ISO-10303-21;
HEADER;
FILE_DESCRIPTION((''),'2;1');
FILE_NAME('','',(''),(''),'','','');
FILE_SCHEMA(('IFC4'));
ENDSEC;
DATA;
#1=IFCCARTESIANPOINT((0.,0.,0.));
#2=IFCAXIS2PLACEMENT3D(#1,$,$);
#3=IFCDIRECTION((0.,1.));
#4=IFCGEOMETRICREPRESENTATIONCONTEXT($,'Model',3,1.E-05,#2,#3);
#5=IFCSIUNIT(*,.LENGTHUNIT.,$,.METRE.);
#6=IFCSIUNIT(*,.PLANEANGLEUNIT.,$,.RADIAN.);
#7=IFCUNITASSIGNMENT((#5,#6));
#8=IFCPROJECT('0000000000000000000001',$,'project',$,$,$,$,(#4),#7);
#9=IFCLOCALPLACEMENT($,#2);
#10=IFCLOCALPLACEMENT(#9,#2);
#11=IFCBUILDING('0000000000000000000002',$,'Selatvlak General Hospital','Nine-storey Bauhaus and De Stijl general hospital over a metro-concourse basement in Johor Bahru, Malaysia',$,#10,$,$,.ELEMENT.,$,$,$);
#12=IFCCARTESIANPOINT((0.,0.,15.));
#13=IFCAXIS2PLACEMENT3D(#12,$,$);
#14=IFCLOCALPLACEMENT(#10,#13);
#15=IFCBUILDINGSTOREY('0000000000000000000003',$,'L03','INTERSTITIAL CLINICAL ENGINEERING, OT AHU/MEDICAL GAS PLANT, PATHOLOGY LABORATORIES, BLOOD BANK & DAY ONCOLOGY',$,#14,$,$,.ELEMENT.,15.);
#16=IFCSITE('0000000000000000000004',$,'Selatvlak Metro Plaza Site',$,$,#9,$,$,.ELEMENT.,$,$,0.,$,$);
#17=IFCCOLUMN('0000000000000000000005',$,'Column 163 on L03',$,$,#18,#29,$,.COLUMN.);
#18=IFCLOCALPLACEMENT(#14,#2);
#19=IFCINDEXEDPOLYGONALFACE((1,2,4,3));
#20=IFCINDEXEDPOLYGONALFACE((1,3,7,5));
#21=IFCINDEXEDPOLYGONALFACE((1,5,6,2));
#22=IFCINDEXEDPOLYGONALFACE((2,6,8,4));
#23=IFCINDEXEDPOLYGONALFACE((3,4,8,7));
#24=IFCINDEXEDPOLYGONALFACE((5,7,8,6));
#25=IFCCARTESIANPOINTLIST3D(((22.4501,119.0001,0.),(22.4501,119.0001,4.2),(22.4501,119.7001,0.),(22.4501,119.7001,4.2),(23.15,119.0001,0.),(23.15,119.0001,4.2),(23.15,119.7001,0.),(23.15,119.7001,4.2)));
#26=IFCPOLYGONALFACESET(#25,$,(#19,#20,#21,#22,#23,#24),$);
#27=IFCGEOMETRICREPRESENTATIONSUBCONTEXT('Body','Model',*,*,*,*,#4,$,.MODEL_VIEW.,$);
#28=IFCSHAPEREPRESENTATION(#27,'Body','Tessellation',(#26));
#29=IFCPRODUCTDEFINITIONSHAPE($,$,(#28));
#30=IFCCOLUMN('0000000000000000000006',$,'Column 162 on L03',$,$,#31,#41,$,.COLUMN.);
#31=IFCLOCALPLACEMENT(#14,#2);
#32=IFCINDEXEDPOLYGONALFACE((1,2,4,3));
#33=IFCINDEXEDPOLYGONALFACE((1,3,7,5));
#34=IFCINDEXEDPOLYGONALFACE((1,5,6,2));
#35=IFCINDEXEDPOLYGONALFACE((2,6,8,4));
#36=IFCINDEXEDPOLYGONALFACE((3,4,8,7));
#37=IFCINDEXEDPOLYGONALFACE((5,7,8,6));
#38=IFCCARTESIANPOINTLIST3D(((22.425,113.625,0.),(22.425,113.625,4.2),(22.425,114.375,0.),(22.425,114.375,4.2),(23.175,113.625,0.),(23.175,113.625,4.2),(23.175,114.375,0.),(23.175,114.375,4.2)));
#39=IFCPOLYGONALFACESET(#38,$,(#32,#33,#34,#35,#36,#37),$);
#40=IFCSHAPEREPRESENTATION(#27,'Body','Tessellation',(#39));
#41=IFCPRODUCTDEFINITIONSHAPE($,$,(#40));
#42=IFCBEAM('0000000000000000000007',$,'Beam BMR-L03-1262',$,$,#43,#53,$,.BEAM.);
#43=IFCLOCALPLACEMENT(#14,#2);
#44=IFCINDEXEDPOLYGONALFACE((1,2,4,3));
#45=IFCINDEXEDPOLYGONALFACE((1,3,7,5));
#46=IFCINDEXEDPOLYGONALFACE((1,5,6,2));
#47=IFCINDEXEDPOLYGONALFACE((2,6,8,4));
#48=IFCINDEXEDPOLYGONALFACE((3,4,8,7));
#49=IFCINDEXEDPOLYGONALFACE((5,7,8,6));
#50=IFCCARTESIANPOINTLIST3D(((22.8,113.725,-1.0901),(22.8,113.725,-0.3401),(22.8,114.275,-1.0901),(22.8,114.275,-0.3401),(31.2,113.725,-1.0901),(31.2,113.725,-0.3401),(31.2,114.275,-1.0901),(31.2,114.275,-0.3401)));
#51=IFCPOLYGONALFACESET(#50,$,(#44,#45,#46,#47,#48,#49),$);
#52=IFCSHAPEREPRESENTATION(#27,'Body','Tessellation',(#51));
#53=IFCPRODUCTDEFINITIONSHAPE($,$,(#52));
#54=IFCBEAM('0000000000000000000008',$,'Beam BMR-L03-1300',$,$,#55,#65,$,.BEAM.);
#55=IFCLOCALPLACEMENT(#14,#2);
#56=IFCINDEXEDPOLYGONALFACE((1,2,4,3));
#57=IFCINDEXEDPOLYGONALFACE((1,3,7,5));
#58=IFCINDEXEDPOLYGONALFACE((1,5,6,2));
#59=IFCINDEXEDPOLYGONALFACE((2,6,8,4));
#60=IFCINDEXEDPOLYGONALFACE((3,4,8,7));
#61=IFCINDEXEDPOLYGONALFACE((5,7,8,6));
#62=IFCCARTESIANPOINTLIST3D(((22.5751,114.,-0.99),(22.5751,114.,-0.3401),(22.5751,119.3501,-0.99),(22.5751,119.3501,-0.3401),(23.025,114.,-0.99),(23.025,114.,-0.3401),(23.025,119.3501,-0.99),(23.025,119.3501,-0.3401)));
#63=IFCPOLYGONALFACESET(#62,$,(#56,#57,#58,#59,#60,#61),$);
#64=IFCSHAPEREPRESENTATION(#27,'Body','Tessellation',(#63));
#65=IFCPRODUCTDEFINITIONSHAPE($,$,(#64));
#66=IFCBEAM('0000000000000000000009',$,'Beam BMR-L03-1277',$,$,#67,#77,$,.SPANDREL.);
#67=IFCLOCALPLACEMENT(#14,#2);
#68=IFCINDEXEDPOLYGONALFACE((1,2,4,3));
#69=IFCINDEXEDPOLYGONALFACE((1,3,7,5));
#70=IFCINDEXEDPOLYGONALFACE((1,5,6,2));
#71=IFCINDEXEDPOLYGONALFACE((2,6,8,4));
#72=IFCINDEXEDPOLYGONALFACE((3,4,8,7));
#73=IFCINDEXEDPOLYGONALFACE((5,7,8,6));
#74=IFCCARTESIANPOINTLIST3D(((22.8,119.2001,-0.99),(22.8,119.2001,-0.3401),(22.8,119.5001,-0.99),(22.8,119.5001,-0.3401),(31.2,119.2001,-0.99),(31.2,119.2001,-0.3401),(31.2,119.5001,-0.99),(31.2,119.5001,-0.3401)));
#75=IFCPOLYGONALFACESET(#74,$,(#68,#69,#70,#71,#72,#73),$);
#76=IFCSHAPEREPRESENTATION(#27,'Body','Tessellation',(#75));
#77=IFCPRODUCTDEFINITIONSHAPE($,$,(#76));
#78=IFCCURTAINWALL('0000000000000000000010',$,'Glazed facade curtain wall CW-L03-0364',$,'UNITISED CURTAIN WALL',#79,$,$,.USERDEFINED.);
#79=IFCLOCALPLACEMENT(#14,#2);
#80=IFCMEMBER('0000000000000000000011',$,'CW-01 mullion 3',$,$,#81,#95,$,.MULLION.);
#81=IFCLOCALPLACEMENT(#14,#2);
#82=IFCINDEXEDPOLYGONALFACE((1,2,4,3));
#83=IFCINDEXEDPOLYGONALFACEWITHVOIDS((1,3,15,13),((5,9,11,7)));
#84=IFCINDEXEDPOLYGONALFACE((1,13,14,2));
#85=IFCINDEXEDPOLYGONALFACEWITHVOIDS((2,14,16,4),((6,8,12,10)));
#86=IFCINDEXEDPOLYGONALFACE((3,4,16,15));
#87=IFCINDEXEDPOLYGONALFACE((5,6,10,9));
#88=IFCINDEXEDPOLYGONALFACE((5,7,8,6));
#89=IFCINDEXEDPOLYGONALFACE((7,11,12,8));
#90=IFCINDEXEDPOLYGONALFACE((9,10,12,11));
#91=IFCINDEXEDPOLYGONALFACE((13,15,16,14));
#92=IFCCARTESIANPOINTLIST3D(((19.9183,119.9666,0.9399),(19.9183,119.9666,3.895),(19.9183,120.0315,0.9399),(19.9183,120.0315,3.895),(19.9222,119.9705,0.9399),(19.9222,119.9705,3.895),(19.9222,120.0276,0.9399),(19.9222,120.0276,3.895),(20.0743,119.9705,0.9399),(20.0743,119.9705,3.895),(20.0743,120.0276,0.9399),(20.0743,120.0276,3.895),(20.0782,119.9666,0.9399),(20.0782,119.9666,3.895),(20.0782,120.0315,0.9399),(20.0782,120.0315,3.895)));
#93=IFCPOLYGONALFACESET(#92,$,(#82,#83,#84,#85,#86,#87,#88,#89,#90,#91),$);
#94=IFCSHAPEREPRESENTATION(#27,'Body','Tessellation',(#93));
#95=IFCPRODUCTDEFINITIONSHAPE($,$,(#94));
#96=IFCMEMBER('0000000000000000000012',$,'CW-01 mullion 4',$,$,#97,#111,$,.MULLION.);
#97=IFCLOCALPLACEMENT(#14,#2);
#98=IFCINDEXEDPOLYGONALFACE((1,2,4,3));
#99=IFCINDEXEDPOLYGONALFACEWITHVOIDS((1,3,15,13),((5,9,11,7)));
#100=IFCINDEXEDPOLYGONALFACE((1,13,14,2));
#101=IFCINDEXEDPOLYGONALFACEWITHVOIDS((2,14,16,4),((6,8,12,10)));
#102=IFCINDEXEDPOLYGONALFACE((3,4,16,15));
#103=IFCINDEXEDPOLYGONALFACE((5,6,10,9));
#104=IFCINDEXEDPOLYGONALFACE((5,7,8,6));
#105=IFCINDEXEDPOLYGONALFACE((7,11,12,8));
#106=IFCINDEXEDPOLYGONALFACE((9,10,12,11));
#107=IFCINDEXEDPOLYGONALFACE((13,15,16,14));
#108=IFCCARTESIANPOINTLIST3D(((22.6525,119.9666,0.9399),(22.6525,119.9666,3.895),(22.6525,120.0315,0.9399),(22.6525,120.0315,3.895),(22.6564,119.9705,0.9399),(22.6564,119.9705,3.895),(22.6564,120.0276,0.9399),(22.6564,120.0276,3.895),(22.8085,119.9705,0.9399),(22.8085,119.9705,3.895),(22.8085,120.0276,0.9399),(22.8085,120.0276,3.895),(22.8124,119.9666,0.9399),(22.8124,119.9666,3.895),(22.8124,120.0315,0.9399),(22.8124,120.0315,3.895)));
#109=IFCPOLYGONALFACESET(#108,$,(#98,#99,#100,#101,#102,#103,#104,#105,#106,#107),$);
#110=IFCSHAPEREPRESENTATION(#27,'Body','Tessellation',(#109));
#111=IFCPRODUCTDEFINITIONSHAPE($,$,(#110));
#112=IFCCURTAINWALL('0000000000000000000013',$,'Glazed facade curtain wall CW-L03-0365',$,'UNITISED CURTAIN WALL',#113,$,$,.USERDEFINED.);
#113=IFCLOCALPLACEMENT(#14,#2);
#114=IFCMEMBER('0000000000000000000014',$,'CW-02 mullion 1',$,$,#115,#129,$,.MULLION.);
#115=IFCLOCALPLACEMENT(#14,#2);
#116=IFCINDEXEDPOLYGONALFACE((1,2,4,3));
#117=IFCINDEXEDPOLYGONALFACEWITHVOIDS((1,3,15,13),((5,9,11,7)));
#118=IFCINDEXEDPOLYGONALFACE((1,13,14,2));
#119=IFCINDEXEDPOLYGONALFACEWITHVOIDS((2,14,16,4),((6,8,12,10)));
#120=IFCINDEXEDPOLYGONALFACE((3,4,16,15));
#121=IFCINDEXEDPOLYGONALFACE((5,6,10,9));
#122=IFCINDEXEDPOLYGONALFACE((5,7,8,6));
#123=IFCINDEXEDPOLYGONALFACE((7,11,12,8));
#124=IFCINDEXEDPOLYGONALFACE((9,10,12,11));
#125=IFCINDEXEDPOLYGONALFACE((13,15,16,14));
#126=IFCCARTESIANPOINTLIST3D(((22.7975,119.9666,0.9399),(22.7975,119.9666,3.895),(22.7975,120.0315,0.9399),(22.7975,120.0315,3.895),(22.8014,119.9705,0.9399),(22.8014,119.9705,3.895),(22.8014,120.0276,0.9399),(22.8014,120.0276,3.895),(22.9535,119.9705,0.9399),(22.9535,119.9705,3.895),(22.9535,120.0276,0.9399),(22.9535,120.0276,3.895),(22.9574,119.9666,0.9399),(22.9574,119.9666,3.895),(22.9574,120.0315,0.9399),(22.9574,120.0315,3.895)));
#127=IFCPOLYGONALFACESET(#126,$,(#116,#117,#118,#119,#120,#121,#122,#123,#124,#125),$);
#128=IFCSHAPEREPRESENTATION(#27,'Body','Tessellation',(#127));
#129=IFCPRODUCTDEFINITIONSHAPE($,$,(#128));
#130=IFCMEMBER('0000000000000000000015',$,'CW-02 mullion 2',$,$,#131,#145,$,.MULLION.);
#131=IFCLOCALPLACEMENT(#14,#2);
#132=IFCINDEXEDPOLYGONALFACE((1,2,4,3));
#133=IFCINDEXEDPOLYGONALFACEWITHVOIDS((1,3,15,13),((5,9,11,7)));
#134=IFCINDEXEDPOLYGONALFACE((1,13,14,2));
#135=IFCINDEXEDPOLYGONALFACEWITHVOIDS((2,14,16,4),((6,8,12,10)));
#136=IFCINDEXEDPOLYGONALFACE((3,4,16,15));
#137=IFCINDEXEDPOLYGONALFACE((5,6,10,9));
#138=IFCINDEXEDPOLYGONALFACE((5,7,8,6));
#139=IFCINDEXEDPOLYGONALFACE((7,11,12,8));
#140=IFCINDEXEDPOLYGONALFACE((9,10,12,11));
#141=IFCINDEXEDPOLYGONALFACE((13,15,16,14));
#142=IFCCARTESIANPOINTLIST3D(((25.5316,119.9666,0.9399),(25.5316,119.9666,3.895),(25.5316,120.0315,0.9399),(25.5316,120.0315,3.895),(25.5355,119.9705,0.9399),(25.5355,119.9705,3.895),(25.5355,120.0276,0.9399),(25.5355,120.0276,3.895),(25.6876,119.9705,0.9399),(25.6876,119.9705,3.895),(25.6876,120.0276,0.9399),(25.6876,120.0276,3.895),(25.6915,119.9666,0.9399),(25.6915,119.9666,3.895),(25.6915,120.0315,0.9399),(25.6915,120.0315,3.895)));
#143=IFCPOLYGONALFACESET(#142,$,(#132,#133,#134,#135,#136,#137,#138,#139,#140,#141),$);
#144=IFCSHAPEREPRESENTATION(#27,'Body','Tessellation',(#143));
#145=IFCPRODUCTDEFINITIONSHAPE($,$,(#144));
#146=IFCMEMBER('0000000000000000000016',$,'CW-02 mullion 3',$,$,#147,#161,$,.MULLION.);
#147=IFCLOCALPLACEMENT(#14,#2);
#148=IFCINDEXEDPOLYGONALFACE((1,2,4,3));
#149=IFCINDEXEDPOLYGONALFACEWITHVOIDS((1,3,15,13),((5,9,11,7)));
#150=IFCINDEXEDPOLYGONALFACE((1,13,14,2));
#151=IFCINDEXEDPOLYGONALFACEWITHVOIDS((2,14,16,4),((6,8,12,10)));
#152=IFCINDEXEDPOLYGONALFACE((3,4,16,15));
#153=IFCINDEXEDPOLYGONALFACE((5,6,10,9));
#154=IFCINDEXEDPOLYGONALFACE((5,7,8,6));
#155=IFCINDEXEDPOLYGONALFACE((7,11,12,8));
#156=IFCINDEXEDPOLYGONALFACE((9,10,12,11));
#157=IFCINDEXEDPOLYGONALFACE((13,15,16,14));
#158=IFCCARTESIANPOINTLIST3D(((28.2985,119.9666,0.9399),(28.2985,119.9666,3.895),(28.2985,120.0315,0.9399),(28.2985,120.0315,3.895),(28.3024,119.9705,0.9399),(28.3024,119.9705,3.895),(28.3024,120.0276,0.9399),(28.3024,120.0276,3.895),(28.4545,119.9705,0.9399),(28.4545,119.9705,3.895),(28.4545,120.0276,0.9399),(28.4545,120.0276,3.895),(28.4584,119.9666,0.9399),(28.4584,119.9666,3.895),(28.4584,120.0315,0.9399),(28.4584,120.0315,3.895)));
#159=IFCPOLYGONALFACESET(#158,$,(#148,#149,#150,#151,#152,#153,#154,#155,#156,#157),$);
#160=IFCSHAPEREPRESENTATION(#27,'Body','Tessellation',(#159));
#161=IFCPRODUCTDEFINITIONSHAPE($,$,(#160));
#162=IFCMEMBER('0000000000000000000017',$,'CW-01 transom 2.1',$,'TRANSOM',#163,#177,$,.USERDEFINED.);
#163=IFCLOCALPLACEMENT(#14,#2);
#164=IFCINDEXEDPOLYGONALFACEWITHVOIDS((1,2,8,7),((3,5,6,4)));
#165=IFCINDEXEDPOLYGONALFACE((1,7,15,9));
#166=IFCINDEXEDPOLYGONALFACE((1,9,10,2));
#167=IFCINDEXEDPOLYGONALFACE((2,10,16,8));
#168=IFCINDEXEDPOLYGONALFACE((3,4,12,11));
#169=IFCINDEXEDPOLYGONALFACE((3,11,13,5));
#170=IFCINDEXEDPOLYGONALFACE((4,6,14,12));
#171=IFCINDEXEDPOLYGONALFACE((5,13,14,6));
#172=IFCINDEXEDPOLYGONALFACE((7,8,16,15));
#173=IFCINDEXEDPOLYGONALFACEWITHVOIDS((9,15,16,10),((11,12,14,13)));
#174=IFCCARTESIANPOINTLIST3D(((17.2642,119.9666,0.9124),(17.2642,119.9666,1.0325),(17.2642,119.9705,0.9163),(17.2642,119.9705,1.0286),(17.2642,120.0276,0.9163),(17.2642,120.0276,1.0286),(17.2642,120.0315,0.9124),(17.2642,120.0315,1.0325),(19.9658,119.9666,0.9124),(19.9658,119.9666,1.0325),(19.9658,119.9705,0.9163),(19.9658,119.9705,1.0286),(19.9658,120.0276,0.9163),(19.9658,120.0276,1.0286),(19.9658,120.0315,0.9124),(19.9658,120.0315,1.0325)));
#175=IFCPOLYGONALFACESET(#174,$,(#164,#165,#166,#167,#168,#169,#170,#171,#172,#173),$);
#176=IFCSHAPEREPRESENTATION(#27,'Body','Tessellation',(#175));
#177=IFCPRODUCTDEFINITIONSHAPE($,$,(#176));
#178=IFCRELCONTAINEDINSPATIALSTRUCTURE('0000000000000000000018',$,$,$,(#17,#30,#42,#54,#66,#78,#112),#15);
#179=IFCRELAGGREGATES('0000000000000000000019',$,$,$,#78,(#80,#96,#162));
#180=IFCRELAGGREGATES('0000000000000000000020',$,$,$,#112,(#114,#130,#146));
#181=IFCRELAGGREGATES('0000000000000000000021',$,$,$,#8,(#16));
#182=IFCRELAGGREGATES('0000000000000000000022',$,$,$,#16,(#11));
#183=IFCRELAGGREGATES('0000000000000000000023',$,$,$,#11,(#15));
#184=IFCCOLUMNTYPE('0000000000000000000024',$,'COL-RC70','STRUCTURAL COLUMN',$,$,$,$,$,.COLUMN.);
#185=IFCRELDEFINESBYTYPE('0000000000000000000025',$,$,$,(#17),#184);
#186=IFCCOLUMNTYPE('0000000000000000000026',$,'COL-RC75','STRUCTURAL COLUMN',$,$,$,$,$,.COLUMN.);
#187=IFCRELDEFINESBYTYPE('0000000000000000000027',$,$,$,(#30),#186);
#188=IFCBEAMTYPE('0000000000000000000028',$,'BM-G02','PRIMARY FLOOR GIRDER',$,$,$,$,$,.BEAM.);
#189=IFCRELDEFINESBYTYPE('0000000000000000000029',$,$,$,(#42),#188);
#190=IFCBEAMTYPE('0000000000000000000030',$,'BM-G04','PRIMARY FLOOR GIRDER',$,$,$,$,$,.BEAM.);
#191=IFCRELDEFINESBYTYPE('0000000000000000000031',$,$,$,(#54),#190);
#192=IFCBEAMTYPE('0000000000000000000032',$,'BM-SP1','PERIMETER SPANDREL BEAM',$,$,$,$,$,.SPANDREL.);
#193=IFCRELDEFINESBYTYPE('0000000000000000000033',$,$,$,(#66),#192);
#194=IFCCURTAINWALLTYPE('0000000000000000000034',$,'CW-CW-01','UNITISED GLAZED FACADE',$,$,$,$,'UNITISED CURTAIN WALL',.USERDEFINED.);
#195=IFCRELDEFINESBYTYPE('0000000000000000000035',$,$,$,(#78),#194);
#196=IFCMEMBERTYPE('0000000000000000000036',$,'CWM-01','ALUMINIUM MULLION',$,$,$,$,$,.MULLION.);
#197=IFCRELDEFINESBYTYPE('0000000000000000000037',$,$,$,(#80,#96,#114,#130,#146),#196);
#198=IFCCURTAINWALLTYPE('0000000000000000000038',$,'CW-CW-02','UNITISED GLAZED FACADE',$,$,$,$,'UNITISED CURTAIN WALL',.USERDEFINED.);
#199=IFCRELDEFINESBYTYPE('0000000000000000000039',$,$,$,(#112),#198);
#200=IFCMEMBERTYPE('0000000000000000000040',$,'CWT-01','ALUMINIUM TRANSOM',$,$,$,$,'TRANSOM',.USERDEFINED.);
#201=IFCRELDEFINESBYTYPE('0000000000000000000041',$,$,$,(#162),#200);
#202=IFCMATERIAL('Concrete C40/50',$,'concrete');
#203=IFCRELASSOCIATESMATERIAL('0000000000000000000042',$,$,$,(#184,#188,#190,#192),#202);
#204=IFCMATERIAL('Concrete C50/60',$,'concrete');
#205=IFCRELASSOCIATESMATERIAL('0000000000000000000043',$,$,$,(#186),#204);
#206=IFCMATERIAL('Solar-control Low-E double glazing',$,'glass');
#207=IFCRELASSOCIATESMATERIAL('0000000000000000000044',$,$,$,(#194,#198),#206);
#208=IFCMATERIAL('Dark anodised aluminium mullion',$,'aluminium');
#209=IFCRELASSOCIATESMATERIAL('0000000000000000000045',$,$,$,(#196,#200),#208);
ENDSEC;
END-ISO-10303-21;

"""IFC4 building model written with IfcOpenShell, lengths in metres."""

from ifc_helpers import new_model, si_unit, direction, frame, origin, origin_2d, place, context, subcontext, project, spatial, rectangle, hollow_rectangle, extrude, material, material_profile, profile_set, type_object, element, aggregate, save


model = new_model("IFC4")

# Units and contexts
model_context = context("Model", 3, precision=1e-05, world=origin(), true_north=direction((0.0, 1.0)))
body_context = subcontext(model_context, "Body", "Model", "MODEL_VIEW")
ifc_project = project(units=[si_unit("LENGTHUNIT", "METRE"), si_unit("PLANEANGLEUNIT", "RADIAN")], contexts=[model_context])

# Site, building, storey
site_placement = place(None, origin())
site = spatial("IfcSite", under=ifc_project, at=site_placement, Name="Selatvlak Metro Plaza Site", CompositionType="ELEMENT", RefElevation=0.0)
building_placement = place(site_placement, origin())
building = spatial("IfcBuilding", under=site, at=building_placement, Name="Selatvlak General Hospital", Description="Nine-storey Bauhaus and De Stijl general hospital over a metro-concourse basement in Johor Bahru, Malaysia", CompositionType="ELEMENT")
storey_placement = place(building_placement, frame((0.0, 0.0, 15.0)))
storey = spatial("IfcBuildingStorey", under=building, at=storey_placement, Name="L03", Description="INTERSTITIAL CLINICAL ENGINEERING, OT AHU/MEDICAL GAS PLANT, PATHOLOGY LABORATORIES, BLOOD BANK & DAY ONCOLOGY", CompositionType="ELEMENT", Elevation=15.0)

# Columns
ifc_material_1 = material(Name="Concrete C40/50", Category="concrete")
ifc_material_profile_1 = material_profile(ifc_material_1, rectangle(XDim=0.7, YDim=0.7, at=origin_2d()), Name="RC-COL 700x700")
ifc_profile_set_1 = profile_set([ifc_material_profile_1], Name="Concrete C40/50")
column_type_1 = type_object("IfcColumnType", Name="COL-RC70", Description="STRUCTURAL COLUMN", PredefinedType="COLUMN", material=ifc_profile_set_1)
column_1_placement = place(storey_placement, frame((22.8, 119.3501, 0.0), z_axis=(0.0, 0.0, 1.0), x_axis=(1.0, 0.0, 0.0)))
element("IfcColumn", 1, at=column_1_placement, inside=storey, type_object=column_type_1, Name="Column 163 on L03", PredefinedType="COLUMN", context=body_context, shape_type="SweptSolid", body=[
    extrude(rectangle(XDim=0.7, YDim=0.7, at=origin_2d()), origin(), (0.0, 0.0, 1.0), 4.2),
])
ifc_material_2 = material(Name="Concrete C50/60", Category="concrete")
ifc_material_profile_2 = material_profile(ifc_material_2, rectangle(XDim=0.75, YDim=0.75, at=origin_2d()), Name="RC-COL 750x750")
ifc_profile_set_2 = profile_set([ifc_material_profile_2], Name="Concrete C50/60")
column_type_2 = type_object("IfcColumnType", Name="COL-RC75", Description="STRUCTURAL COLUMN", PredefinedType="COLUMN", material=ifc_profile_set_2)
column_2_placement = place(storey_placement, frame((22.8, 114.0, 0.0), z_axis=(0.0, 0.0, 1.0), x_axis=(1.0, 0.0, 0.0)))
element("IfcColumn", 2, at=column_2_placement, inside=storey, type_object=column_type_2, Name="Column 162 on L03", PredefinedType="COLUMN", context=body_context, shape_type="SweptSolid", body=[
    extrude(rectangle(XDim=0.75, YDim=0.75, at=origin_2d()), origin(), (0.0, 0.0, 1.0), 4.2),
])

# Beams
ifc_material_profile_3 = material_profile(ifc_material_1, rectangle(XDim=0.55, YDim=0.75, at=origin_2d()), Name="RC-BM 550x750")
ifc_profile_set_3 = profile_set([ifc_material_profile_3], Name="Concrete C40/50")
beam_type_1 = type_object("IfcBeamType", Name="BM-G02", Description="PRIMARY FLOOR GIRDER", PredefinedType="BEAM", material=ifc_profile_set_3)
beam_1_placement = place(storey_placement, frame((22.8, 114.0, -0.7151), z_axis=(1.0, 0.0, 0.0), x_axis=(0.0, 1.0, 0.0)))
element("IfcBeam", 3, at=beam_1_placement, inside=storey, type_object=beam_type_1, Name="Beam BMR-L03-1262", PredefinedType="BEAM", context=body_context, shape_type="SweptSolid", body=[
    extrude(rectangle(XDim=0.55, YDim=0.75, at=origin_2d()), origin(), (0.0, 0.0, 1.0), 8.3999),
])
ifc_material_profile_4 = material_profile(ifc_material_1, rectangle(XDim=0.45, YDim=0.6499, at=origin_2d()), Name="RC-BM 450x650")
ifc_profile_set_4 = profile_set([ifc_material_profile_4], Name="Concrete C40/50")
beam_type_2 = type_object("IfcBeamType", Name="BM-G04", Description="PRIMARY FLOOR GIRDER", PredefinedType="BEAM", material=ifc_profile_set_4)
beam_2_placement = place(storey_placement, frame((22.8, 114.0, -0.665), z_axis=(0.0, 1.0, 0.0), x_axis=(-1.0, 0.0, 0.0)))
element("IfcBeam", 4, at=beam_2_placement, inside=storey, type_object=beam_type_2, Name="Beam BMR-L03-1300", PredefinedType="BEAM", context=body_context, shape_type="SweptSolid", body=[
    extrude(rectangle(XDim=0.45, YDim=0.6499, at=origin_2d()), origin(), (0.0, 0.0, 1.0), 5.3501),
])
ifc_material_profile_5 = material_profile(ifc_material_1, rectangle(XDim=0.3, YDim=0.6499, at=origin_2d()), Name="RC-SP 300x650")
ifc_profile_set_5 = profile_set([ifc_material_profile_5], Name="Concrete C40/50")
beam_type_3 = type_object("IfcBeamType", Name="BM-SP1", Description="PERIMETER SPANDREL BEAM", PredefinedType="SPANDREL", material=ifc_profile_set_5)
beam_3_placement = place(storey_placement, frame((22.8, 119.3501, -0.665), z_axis=(1.0, 0.0, 0.0), x_axis=(0.0, 1.0, 0.0)))
element("IfcBeam", 5, at=beam_3_placement, inside=storey, type_object=beam_type_3, Name="Beam BMR-L03-1277", PredefinedType="SPANDREL", context=body_context, shape_type="SweptSolid", body=[
    extrude(rectangle(XDim=0.3, YDim=0.6499, at=origin_2d()), origin(), (0.0, 0.0, 1.0), 8.3999),
])

# Curtain walls, members
ifc_material_3 = material(Name="Solar-control Low-E double glazing", Category="glass")
curtain_wall_type_1 = type_object("IfcCurtainWallType", Name="CW-CW-01", Description="UNITISED GLAZED FACADE", ElementType="UNITISED CURTAIN WALL", PredefinedType="USERDEFINED", material=ifc_material_3)
curtain_wall_1_placement = place(storey_placement, origin())
curtain_wall_1 = element("IfcCurtainWall", 6, at=curtain_wall_1_placement, inside=storey, type_object=curtain_wall_type_1, Name="Glazed facade curtain wall CW-L03-0364", ObjectType="UNITISED CURTAIN WALL", PredefinedType="USERDEFINED")
ifc_material_4 = material(Name="Dark anodised aluminium mullion", Category="aluminium")
ifc_material_profile_6 = material_profile(ifc_material_4, hollow_rectangle(XDim=0.0649, YDim=0.1599, WallThickness=0.0039, at=origin_2d()), Name="AL-MUL 65x160x4")
ifc_profile_set_6 = profile_set([ifc_material_profile_6], Name="Dark anodised aluminium mullion")
member_type_1 = type_object("IfcMemberType", Name="CWM-01", Description="ALUMINIUM MULLION", PredefinedType="MULLION", material=ifc_profile_set_6)
member_1_placement = place(storey_placement, frame((19.9983, 119.999, 0.9399), z_axis=(0.0, 0.0, 1.0), x_axis=(0.0, 1.0, 0.0)))
member_1 = element("IfcMember", 7, at=member_1_placement, type_object=member_type_1, Name="CW-01 mullion 3", PredefinedType="MULLION", context=body_context, shape_type="SweptSolid", body=[
    extrude(hollow_rectangle(XDim=0.0649, YDim=0.1599, WallThickness=0.0039, at=origin_2d()), origin(), (0.0, 0.0, 1.0), 2.9551),
])
member_2_placement = place(storey_placement, frame((22.7324, 119.999, 0.9399), z_axis=(0.0, 0.0, 1.0), x_axis=(0.0, 1.0, 0.0)))
member_2 = element("IfcMember", 8, at=member_2_placement, type_object=member_type_1, Name="CW-01 mullion 4", PredefinedType="MULLION", context=body_context, shape_type="SweptSolid", body=[
    extrude(hollow_rectangle(XDim=0.0649, YDim=0.1599, WallThickness=0.0039, at=origin_2d()), origin(), (0.0, 0.0, 1.0), 2.9551),
])
curtain_wall_type_2 = type_object("IfcCurtainWallType", Name="CW-CW-02", Description="UNITISED GLAZED FACADE", ElementType="UNITISED CURTAIN WALL", PredefinedType="USERDEFINED", material=ifc_material_3)
curtain_wall_2_placement = place(storey_placement, origin())
curtain_wall_2 = element("IfcCurtainWall", 9, at=curtain_wall_2_placement, inside=storey, type_object=curtain_wall_type_2, Name="Glazed facade curtain wall CW-L03-0365", ObjectType="UNITISED CURTAIN WALL", PredefinedType="USERDEFINED")
member_3_placement = place(storey_placement, frame((22.8774, 119.999, 0.9399), z_axis=(0.0, 0.0, 1.0), x_axis=(0.0, 1.0, 0.0)))
member_3 = element("IfcMember", 10, at=member_3_placement, type_object=member_type_1, Name="CW-02 mullion 1", PredefinedType="MULLION", context=body_context, shape_type="SweptSolid", body=[
    extrude(hollow_rectangle(XDim=0.0649, YDim=0.1599, WallThickness=0.0039, at=origin_2d()), origin(), (0.0, 0.0, 1.0), 2.9551),
])
member_4_placement = place(storey_placement, frame((25.6116, 119.999, 0.9399), z_axis=(0.0, 0.0, 1.0), x_axis=(0.0, 1.0, 0.0)))
member_4 = element("IfcMember", 11, at=member_4_placement, type_object=member_type_1, Name="CW-02 mullion 2", PredefinedType="MULLION", context=body_context, shape_type="SweptSolid", body=[
    extrude(hollow_rectangle(XDim=0.0649, YDim=0.1599, WallThickness=0.0039, at=origin_2d()), origin(), (0.0, 0.0, 1.0), 2.9551),
])
member_5_placement = place(storey_placement, frame((28.3784, 119.999, 0.9399), z_axis=(0.0, 0.0, 1.0), x_axis=(0.0, 1.0, 0.0)))
member_5 = element("IfcMember", 12, at=member_5_placement, type_object=member_type_1, Name="CW-02 mullion 3", PredefinedType="MULLION", context=body_context, shape_type="SweptSolid", body=[
    extrude(hollow_rectangle(XDim=0.0649, YDim=0.1599, WallThickness=0.0039, at=origin_2d()), origin(), (0.0, 0.0, 1.0), 2.9551),
])

# Member
ifc_material_profile_7 = material_profile(ifc_material_4, hollow_rectangle(XDim=0.0649, YDim=0.1201, WallThickness=0.0039, at=origin_2d()), Name="AL-TRN 65x120x4")
ifc_profile_set_7 = profile_set([ifc_material_profile_7], Name="Dark anodised aluminium mullion")
member_type_2 = type_object("IfcMemberType", Name="CWT-01", Description="ALUMINIUM TRANSOM", ElementType="TRANSOM", PredefinedType="USERDEFINED", material=ifc_profile_set_7)
member_6_placement = place(storey_placement, frame((17.2642, 119.999, 0.9724), z_axis=(1.0, 0.0, 0.0), x_axis=(0.0, 1.0, 0.0)))
member_6 = element("IfcMember", 13, at=member_6_placement, type_object=member_type_2, Name="CW-01 transom 2.1", ObjectType="TRANSOM", PredefinedType="USERDEFINED", context=body_context, shape_type="SweptSolid", body=[
    extrude(hollow_rectangle(XDim=0.0649, YDim=0.1201, WallThickness=0.0039, at=origin_2d()), origin(), (0.0, 0.0, 1.0), 2.7017),
])

aggregate(curtain_wall_1, [member_1, member_2, member_6])
aggregate(curtain_wall_2, [member_3, member_4, member_5])

save(model, "model.ifc")
